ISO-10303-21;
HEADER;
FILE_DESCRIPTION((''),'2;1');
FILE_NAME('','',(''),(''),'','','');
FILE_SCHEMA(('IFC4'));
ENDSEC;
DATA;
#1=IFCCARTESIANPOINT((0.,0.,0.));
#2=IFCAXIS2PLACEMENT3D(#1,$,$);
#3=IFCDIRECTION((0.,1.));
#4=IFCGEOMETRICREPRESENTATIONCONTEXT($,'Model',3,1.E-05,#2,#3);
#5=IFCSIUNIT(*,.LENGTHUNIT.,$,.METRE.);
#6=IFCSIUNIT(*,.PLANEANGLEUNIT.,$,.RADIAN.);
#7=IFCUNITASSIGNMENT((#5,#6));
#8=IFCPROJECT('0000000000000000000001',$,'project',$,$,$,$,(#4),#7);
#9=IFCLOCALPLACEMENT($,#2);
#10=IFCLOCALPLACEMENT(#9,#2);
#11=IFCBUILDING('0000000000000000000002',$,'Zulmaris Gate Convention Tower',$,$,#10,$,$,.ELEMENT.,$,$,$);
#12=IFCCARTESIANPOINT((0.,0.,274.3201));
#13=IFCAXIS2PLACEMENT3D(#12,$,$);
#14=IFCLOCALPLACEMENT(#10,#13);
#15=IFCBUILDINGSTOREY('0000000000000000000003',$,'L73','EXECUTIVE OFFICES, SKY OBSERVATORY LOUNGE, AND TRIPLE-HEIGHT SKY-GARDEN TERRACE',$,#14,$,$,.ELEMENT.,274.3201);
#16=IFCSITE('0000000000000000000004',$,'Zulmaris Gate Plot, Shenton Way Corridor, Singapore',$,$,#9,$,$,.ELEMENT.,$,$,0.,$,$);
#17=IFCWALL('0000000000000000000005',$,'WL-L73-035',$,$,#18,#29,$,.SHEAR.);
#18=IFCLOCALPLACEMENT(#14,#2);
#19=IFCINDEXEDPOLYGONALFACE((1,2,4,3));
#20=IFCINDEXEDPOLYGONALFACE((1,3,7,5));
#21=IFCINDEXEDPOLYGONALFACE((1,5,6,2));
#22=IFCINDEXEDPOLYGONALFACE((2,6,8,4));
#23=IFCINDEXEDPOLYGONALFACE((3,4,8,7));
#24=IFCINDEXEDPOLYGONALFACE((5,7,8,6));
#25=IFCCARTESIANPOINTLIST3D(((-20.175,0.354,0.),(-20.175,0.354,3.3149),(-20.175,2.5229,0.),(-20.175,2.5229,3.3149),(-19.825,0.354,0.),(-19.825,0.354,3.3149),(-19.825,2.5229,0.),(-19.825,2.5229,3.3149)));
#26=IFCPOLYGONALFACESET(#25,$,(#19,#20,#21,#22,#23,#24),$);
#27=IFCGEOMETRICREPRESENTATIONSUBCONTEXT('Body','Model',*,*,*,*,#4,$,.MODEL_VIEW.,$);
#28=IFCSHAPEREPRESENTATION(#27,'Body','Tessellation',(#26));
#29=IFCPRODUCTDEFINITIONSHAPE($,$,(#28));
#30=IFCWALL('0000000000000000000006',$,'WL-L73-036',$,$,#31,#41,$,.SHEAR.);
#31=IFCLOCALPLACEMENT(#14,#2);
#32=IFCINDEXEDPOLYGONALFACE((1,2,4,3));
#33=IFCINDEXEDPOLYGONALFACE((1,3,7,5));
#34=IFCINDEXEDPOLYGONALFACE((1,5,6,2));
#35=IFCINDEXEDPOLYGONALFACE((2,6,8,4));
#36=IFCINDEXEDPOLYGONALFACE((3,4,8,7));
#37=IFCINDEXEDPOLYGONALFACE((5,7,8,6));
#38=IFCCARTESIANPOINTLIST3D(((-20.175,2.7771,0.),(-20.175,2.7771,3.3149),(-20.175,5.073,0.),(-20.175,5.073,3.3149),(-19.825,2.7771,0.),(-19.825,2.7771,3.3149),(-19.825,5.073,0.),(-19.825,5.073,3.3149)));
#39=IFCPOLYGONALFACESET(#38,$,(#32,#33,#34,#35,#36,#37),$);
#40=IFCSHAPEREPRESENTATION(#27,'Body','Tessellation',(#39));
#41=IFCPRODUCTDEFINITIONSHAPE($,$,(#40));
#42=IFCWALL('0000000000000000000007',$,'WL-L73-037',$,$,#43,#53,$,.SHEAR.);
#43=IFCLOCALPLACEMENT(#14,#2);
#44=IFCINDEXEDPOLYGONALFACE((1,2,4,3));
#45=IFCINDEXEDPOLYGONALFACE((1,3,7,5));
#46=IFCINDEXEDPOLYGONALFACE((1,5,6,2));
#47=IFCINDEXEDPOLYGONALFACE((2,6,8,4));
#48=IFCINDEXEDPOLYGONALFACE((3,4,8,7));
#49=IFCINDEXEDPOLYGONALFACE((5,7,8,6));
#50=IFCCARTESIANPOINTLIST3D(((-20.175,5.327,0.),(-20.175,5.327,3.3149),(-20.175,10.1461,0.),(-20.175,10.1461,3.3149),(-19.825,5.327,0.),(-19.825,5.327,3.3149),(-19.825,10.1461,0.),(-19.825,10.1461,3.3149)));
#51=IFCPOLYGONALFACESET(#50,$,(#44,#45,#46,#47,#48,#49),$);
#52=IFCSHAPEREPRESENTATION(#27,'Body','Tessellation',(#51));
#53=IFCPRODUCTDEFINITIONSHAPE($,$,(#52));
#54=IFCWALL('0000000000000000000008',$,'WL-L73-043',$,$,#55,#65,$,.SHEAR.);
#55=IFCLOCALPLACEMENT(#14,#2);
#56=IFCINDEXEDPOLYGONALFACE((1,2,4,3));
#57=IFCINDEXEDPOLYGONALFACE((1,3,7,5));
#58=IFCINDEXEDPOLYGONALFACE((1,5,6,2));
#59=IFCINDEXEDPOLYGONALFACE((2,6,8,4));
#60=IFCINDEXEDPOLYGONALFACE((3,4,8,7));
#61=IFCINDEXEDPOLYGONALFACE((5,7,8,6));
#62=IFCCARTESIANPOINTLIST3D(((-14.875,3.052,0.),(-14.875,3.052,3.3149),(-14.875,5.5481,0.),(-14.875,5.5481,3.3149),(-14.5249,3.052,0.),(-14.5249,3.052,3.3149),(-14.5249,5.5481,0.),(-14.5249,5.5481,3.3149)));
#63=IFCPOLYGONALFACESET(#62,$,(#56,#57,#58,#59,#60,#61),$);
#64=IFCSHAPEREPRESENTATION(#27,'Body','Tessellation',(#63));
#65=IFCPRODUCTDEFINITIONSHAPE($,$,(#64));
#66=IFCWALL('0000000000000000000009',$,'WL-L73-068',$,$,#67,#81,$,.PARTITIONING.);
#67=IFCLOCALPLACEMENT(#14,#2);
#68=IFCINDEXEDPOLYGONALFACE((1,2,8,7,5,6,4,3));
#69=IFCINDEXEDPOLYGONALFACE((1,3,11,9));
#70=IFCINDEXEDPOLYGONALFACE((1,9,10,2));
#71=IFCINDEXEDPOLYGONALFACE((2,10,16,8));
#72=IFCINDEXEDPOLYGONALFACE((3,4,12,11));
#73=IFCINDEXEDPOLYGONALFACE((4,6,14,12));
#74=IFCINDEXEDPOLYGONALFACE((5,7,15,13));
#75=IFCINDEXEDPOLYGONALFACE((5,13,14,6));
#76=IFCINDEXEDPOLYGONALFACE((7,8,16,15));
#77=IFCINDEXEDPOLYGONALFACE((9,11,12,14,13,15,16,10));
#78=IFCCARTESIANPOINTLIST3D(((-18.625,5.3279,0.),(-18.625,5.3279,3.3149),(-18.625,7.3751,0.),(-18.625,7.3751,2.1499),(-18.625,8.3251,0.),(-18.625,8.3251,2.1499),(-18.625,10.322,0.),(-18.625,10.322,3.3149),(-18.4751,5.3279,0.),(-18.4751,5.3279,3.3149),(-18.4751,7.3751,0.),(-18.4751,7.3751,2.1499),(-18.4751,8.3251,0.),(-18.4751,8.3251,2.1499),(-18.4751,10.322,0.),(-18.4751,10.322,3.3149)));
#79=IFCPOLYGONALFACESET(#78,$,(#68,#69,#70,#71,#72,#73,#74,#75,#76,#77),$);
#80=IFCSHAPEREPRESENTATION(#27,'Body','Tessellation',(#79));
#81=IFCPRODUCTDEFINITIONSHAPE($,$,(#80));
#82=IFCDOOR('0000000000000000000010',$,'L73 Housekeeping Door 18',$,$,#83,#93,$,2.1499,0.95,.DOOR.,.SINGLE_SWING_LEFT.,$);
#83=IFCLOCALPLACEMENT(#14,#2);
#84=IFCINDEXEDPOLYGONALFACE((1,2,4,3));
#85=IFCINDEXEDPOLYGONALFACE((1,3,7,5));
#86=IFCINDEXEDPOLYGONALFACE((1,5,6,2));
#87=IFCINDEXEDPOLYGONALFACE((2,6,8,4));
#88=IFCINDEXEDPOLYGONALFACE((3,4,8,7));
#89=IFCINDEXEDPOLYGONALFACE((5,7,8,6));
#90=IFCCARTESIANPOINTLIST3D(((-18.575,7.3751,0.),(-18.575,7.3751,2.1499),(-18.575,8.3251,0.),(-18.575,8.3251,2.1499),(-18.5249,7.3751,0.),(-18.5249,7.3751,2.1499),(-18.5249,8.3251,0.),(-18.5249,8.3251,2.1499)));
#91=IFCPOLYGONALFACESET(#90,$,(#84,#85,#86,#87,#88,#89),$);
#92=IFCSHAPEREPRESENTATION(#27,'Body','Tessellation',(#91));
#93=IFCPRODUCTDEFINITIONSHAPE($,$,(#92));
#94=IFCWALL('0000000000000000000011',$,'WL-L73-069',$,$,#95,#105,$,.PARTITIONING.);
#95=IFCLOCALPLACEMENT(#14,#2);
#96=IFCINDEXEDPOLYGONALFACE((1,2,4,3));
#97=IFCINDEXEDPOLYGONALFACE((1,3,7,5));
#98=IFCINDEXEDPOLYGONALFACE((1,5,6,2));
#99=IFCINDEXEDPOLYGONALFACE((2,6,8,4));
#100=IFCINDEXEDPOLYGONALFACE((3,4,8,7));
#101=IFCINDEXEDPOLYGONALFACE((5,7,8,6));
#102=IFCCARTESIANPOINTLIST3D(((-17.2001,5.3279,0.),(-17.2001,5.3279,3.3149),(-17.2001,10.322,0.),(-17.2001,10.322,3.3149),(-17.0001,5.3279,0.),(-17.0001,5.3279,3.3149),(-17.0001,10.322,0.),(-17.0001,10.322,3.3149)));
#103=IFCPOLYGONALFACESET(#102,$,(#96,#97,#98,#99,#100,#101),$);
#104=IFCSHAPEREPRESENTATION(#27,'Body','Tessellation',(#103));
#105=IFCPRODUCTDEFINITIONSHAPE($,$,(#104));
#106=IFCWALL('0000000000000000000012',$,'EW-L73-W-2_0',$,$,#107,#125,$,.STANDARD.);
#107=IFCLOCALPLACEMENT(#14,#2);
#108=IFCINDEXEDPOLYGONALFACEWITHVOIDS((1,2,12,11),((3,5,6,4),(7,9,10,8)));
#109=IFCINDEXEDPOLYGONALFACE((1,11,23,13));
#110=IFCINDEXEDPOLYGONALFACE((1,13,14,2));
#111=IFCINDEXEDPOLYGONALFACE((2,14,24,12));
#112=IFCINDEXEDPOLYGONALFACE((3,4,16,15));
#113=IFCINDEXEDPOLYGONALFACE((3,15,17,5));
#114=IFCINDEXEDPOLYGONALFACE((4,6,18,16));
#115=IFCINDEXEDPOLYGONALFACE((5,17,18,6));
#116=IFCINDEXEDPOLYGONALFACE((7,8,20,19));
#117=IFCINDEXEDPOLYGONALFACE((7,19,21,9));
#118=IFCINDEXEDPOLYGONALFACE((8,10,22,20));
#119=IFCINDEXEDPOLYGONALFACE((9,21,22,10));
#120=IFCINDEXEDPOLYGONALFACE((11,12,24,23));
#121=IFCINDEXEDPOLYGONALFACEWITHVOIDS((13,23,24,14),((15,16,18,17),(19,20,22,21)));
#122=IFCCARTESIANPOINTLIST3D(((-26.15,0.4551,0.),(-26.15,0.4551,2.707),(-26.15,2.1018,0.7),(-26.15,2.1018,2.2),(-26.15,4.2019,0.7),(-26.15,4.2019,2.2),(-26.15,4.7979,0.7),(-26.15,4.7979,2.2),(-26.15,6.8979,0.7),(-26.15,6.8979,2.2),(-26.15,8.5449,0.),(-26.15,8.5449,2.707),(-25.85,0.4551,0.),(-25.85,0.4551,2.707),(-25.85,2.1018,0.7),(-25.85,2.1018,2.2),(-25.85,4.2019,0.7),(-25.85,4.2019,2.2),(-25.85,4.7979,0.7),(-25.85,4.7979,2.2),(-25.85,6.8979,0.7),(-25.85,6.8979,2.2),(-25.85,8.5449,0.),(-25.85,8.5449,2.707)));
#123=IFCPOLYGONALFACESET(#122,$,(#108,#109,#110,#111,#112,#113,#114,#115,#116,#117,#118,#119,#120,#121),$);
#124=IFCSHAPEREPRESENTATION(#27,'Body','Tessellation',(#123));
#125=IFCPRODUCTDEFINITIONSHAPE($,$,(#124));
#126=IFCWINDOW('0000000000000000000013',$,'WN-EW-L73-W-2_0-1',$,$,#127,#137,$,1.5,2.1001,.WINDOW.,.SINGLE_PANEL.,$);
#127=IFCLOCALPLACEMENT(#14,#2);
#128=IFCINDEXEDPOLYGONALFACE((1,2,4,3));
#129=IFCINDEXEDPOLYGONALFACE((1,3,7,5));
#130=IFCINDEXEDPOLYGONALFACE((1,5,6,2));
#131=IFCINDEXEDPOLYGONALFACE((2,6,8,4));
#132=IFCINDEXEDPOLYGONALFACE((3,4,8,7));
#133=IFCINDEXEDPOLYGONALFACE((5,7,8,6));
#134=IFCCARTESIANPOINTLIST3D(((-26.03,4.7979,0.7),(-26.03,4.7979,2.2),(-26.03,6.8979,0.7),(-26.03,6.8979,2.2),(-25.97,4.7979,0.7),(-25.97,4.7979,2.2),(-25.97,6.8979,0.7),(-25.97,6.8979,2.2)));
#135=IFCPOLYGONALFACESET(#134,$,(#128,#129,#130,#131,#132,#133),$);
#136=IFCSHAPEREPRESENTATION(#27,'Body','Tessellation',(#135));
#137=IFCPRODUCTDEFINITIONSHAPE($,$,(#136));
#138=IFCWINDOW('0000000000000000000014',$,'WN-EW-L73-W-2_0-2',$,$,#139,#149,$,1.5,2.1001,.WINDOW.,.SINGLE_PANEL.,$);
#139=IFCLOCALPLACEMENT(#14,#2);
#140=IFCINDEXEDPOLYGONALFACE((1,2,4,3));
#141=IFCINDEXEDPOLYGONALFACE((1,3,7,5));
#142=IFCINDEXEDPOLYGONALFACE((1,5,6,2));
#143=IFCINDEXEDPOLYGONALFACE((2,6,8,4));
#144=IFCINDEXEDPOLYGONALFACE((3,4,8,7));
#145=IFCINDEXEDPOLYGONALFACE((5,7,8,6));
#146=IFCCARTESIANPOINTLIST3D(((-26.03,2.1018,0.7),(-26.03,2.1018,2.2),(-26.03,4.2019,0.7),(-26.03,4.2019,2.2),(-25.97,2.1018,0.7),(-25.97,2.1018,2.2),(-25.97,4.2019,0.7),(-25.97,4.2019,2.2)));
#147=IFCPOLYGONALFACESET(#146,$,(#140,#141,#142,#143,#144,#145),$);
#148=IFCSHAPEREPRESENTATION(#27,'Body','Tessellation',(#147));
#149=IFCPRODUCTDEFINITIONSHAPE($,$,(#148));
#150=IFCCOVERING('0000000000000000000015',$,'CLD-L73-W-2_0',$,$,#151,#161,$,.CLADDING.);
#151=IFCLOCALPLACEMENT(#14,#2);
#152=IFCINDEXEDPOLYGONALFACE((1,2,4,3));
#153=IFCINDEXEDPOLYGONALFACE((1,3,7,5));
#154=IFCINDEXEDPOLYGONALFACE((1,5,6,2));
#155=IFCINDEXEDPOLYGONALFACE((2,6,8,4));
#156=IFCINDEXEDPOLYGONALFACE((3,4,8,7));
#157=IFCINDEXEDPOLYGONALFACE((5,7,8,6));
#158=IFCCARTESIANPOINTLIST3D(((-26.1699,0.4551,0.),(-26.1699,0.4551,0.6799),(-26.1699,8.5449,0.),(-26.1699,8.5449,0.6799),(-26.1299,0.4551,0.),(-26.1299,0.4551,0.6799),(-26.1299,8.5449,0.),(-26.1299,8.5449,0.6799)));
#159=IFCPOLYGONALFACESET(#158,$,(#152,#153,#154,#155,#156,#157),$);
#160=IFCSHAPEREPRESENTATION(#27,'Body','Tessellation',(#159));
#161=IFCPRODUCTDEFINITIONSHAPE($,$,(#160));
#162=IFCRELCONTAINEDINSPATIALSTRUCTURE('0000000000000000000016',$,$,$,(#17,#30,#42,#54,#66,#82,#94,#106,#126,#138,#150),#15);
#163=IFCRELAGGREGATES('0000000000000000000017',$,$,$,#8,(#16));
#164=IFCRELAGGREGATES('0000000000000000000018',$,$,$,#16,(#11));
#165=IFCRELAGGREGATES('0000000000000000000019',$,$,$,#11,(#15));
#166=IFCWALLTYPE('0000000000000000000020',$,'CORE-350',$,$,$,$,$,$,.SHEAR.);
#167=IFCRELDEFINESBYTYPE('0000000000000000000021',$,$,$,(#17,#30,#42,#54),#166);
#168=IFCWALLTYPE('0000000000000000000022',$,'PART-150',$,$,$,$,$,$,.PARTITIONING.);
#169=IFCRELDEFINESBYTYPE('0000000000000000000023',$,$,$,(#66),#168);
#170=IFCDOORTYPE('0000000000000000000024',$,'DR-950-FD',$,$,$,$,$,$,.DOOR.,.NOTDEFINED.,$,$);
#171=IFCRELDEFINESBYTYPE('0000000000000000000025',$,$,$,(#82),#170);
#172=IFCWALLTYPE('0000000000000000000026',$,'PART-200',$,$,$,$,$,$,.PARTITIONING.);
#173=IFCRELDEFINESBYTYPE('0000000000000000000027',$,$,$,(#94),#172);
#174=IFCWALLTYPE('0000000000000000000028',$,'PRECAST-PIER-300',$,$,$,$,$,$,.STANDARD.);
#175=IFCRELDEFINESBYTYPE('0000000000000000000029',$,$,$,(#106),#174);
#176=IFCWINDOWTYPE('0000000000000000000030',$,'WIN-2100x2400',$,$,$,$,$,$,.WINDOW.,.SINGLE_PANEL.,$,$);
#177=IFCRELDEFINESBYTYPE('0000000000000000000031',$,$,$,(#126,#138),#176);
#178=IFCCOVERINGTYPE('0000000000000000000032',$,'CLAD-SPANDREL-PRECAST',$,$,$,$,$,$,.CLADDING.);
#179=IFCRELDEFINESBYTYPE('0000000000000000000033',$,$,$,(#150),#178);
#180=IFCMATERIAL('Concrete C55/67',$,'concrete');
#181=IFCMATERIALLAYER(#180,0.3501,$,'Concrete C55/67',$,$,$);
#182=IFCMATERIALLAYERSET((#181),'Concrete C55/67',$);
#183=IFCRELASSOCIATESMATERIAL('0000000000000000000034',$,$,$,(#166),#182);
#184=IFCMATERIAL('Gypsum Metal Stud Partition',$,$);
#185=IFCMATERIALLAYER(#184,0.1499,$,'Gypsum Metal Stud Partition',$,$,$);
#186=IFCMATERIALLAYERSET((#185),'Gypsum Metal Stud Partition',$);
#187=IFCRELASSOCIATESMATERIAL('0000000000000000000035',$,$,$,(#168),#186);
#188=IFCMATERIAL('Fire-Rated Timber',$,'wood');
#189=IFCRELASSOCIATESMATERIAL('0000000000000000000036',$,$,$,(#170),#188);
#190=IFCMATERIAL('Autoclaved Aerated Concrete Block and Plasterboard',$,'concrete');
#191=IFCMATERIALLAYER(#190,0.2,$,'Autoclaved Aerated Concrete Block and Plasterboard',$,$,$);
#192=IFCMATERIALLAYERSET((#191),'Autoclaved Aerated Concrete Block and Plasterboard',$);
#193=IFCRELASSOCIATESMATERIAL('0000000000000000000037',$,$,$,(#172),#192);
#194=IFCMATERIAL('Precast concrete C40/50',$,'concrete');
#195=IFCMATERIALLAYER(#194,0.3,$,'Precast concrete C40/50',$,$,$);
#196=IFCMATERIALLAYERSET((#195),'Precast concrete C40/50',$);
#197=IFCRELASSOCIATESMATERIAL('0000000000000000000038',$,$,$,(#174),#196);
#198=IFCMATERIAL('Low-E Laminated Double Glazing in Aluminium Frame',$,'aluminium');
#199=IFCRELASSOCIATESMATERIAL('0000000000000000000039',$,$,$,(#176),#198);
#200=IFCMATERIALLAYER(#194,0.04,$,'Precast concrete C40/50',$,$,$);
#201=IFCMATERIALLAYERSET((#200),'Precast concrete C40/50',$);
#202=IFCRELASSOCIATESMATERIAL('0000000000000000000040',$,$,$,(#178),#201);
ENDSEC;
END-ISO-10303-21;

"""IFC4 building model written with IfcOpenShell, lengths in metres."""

from ifc_helpers import new_model, si_unit, direction, frame, frame_2d, origin, place, context, subcontext, project, spatial, rectangle, extrude, material, layer, layer_set, type_object, element, fill, save


model = new_model("IFC4")

# Units and contexts
model_context = context("Model", 3, precision=1e-05, world=origin(), true_north=direction((0.0, 1.0)))
body_context = subcontext(model_context, "Body", "Model", "MODEL_VIEW")
ifc_project = project(units=[si_unit("LENGTHUNIT", "METRE"), si_unit("PLANEANGLEUNIT", "RADIAN")], contexts=[model_context])

# Site, building, storey
site_placement = place(None, origin())
site = spatial("IfcSite", under=ifc_project, at=site_placement, Name="Zulmaris Gate Plot, Shenton Way Corridor, Singapore", CompositionType="ELEMENT", RefElevation=0.0)
building_placement = place(site_placement, origin())
building = spatial("IfcBuilding", under=site, at=building_placement, Name="Zulmaris Gate Convention Tower", CompositionType="ELEMENT")
storey_placement = place(building_placement, frame((0.0, 0.0, 274.3201)))
storey = spatial("IfcBuildingStorey", under=building, at=storey_placement, Name="L73", Description="EXECUTIVE OFFICES, SKY OBSERVATORY LOUNGE, AND TRIPLE-HEIGHT SKY-GARDEN TERRACE", CompositionType="ELEMENT", Elevation=274.3201)

# Walls
ifc_material_1 = material(Name="Concrete C55/67", Category="concrete")
ifc_layer_1 = layer(ifc_material_1, 0.3501, Name="Concrete C55/67")
ifc_layer_set_1 = layer_set([ifc_layer_1], Name="Concrete C55/67")
wall_type_1 = type_object("IfcWallType", Name="CORE-350", PredefinedType="SHEAR", material=ifc_layer_set_1)
wall_1_placement = place(storey_placement, frame((-20.0, 0.354, 0.0), z_axis=(0.0, 0.0, 1.0), x_axis=(0.0, 1.0, 0.0)))
element("IfcWall", 1, at=wall_1_placement, inside=storey, type_object=wall_type_1, Name="WL-L73-035", PredefinedType="SHEAR", context=body_context, shape_type="SweptSolid", body=[
    extrude(rectangle(XDim=2.1689, YDim=0.3501, at=frame_2d((1.0845, 0.0))), origin(), (0.0, 0.0, 1.0), 3.3149),
])
wall_2_placement = place(storey_placement, frame((-20.0, 2.7771, 0.0), z_axis=(0.0, 0.0, 1.0), x_axis=(0.0, 1.0, 0.0)))
element("IfcWall", 2, at=wall_2_placement, inside=storey, type_object=wall_type_1, Name="WL-L73-036", PredefinedType="SHEAR", context=body_context, shape_type="SweptSolid", body=[
    extrude(rectangle(XDim=2.2959, YDim=0.3501, at=frame_2d((1.1479, 0.0))), origin(), (0.0, 0.0, 1.0), 3.3149),
])
wall_3_placement = place(storey_placement, frame((-20.0, 5.3269, 0.0), z_axis=(0.0, 0.0, 1.0), x_axis=(0.0, 1.0, 0.0)))
element("IfcWall", 3, at=wall_3_placement, inside=storey, type_object=wall_type_1, Name="WL-L73-037", PredefinedType="SHEAR", context=body_context, shape_type="SweptSolid", body=[
    extrude(rectangle(XDim=4.8191, YDim=0.3501, at=frame_2d((2.4097, 0.0))), origin(), (0.0, 0.0, 1.0), 3.3149),
])
wall_4_placement = place(storey_placement, frame((-14.7, 3.052, 0.0), z_axis=(0.0, 0.0, 1.0), x_axis=(0.0, 1.0, 0.0)))
element("IfcWall", 4, at=wall_4_placement, inside=storey, type_object=wall_type_1, Name="WL-L73-043", PredefinedType="SHEAR", context=body_context, shape_type="SweptSolid", body=[
    extrude(rectangle(XDim=2.4961, YDim=0.3501, at=frame_2d((1.248, 0.0))), origin(), (0.0, 0.0, 1.0), 3.3149),
])

# Wall, opening, door
ifc_material_2 = material(Name="Gypsum Metal Stud Partition")
ifc_layer_2 = layer(ifc_material_2, 0.1499, Name="Gypsum Metal Stud Partition")
ifc_layer_set_2 = layer_set([ifc_layer_2], Name="Gypsum Metal Stud Partition")
wall_type_2 = type_object("IfcWallType", Name="PART-150", PredefinedType="PARTITIONING", material=ifc_layer_set_2)
wall_5_placement = place(storey_placement, frame((-18.55, 5.3279, 0.0), z_axis=(0.0, 0.0, 1.0), x_axis=(0.0, 1.0, 0.0)))
wall_5 = element("IfcWall", 5, at=wall_5_placement, inside=storey, type_object=wall_type_2, Name="WL-L73-068", PredefinedType="PARTITIONING", context=body_context, shape_type="SweptSolid", body=[
    extrude(rectangle(XDim=4.9941, YDim=0.1499, at=frame_2d((2.4971, 0.0))), origin(), (0.0, 0.0, 1.0), 3.3149),
])
opening_1_placement = place(wall_5_placement, frame((2.0471, 0.0, 0.0)))
opening_1 = element("IfcOpeningElement", 6, at=opening_1_placement, cuts=wall_5, PredefinedType="OPENING", context=body_context, shape_type="SweptSolid", body=[
    extrude(rectangle(XDim=0.95, YDim=2.1499, at=frame_2d((0.4751, 1.075))), frame((0.0, 0.085, 0.0), z_axis=(0.0, -1.0, 0.0), x_axis=(1.0, 0.0, 0.0)), (0.0, 0.0, 1.0), 0.1699),
])
ifc_material_3 = material(Name="Fire-Rated Timber", Category="wood")
door_type_1 = type_object("IfcDoorType", Name="DR-950-FD", OperationType="NOTDEFINED", PredefinedType="DOOR", material=ifc_material_3)
door_1_placement = place(opening_1_placement, origin())
door_1 = element("IfcDoor", 7, at=door_1_placement, inside=storey, type_object=door_type_1, Name="L73 Housekeeping Door 18", OperationType="SINGLE_SWING_LEFT", OverallHeight=2.1499, OverallWidth=0.95, PredefinedType="DOOR", context=body_context, shape_type="SweptSolid", body=[
    extrude(rectangle(XDim=0.95, YDim=2.1499, at=frame_2d((0.4751, 1.075))), frame((0.0, 0.0249, 0.0), z_axis=(0.0, -1.0, 0.0), x_axis=(1.0, 0.0, 0.0)), (0.0, 0.0, 1.0), 0.05),
])
fill(opening_1, door_1)

# Wall
ifc_material_4 = material(Name="Autoclaved Aerated Concrete Block and Plasterboard", Category="concrete")
ifc_layer_3 = layer(ifc_material_4, 0.2, Name="Autoclaved Aerated Concrete Block and Plasterboard")
ifc_layer_set_3 = layer_set([ifc_layer_3], Name="Autoclaved Aerated Concrete Block and Plasterboard")
wall_type_3 = type_object("IfcWallType", Name="PART-200", PredefinedType="PARTITIONING", material=ifc_layer_set_3)
wall_6_placement = place(storey_placement, frame((-17.1001, 5.3279, 0.0), z_axis=(0.0, 0.0, 1.0), x_axis=(0.0, 1.0, 0.0)))
element("IfcWall", 8, at=wall_6_placement, inside=storey, type_object=wall_type_3, Name="WL-L73-069", PredefinedType="PARTITIONING", context=body_context, shape_type="SweptSolid", body=[
    extrude(rectangle(XDim=4.9941, YDim=0.2, at=frame_2d((2.4971, 0.0))), origin(), (0.0, 0.0, 1.0), 3.3149),
])

# Wall, openings, windows
ifc_material_5 = material(Name="Precast concrete C40/50", Category="concrete")
ifc_layer_4 = layer(ifc_material_5, 0.3, Name="Precast concrete C40/50")
ifc_layer_set_4 = layer_set([ifc_layer_4], Name="Precast concrete C40/50")
wall_type_4 = type_object("IfcWallType", Name="PRECAST-PIER-300", PredefinedType="STANDARD", material=ifc_layer_set_4)
wall_7_placement = place(storey_placement, frame((-26.0, 8.5449, 0.0), z_axis=(0.0, 0.0, 1.0), x_axis=(0.0, -1.0, 0.0)))
wall_7 = element("IfcWall", 9, at=wall_7_placement, inside=storey, type_object=wall_type_4, Name="EW-L73-W-2_0", PredefinedType="STANDARD", context=body_context, shape_type="SweptSolid", body=[
    extrude(rectangle(XDim=8.0898, YDim=0.3, at=frame_2d((4.0449, 0.0))), origin(), (0.0, 0.0, 1.0), 2.707),
])
opening_2_placement = place(wall_7_placement, frame((1.647, 0.0, 0.7)))
opening_2 = element("IfcOpeningElement", 10, at=opening_2_placement, cuts=wall_7, PredefinedType="OPENING", context=body_context, shape_type="SweptSolid", body=[
    extrude(rectangle(XDim=2.1001, YDim=1.5, at=frame_2d((1.05, 0.75))), frame((0.0, 0.1602, 0.0), z_axis=(0.0, -1.0, 0.0), x_axis=(1.0, 0.0, 0.0)), (0.0, 0.0, 1.0), 0.3201),
])
opening_3_placement = place(wall_7_placement, frame((4.343, 0.0, 0.7)))
opening_3 = element("IfcOpeningElement", 11, at=opening_3_placement, cuts=wall_7, PredefinedType="OPENING", context=body_context, shape_type="SweptSolid", body=[
    extrude(rectangle(XDim=2.1001, YDim=1.5, at=frame_2d((1.05, 0.75))), frame((0.0, 0.1602, 0.0), z_axis=(0.0, -1.0, 0.0), x_axis=(1.0, 0.0, 0.0)), (0.0, 0.0, 1.0), 0.3201),
])
ifc_material_6 = material(Name="Low-E Laminated Double Glazing in Aluminium Frame", Category="aluminium")
window_type = type_object("IfcWindowType", Name="WIN-2100x2400", PartitioningType="SINGLE_PANEL", PredefinedType="WINDOW", material=ifc_material_6)
window_1_placement = place(opening_2_placement, origin())
window_1 = element("IfcWindow", 12, at=window_1_placement, inside=storey, type_object=window_type, Name="WN-EW-L73-W-2_0-1", OverallHeight=1.5, OverallWidth=2.1001, PartitioningType="SINGLE_PANEL", PredefinedType="WINDOW", context=body_context, shape_type="SweptSolid", body=[
    extrude(rectangle(XDim=2.1001, YDim=1.5, at=frame_2d((1.05, 0.75))), frame((0.0, 0.03, 0.0), z_axis=(0.0, -1.0, 0.0), x_axis=(1.0, 0.0, 0.0)), (0.0, 0.0, 1.0), 0.0601),
])
fill(opening_2, window_1)
window_2_placement = place(opening_3_placement, origin())
window_2 = element("IfcWindow", 13, at=window_2_placement, inside=storey, type_object=window_type, Name="WN-EW-L73-W-2_0-2", OverallHeight=1.5, OverallWidth=2.1001, PartitioningType="SINGLE_PANEL", PredefinedType="WINDOW", context=body_context, shape_type="SweptSolid", body=[
    extrude(rectangle(XDim=2.1001, YDim=1.5, at=frame_2d((1.05, 0.75))), frame((0.0, 0.03, 0.0), z_axis=(0.0, -1.0, 0.0), x_axis=(1.0, 0.0, 0.0)), (0.0, 0.0, 1.0), 0.0601),
])
fill(opening_3, window_2)

# Covering
ifc_layer_5 = layer(ifc_material_5, 0.04, Name="Precast concrete C40/50")
ifc_layer_set_5 = layer_set([ifc_layer_5], Name="Precast concrete C40/50")
covering_type = type_object("IfcCoveringType", Name="CLAD-SPANDREL-PRECAST", PredefinedType="CLADDING", material=ifc_layer_set_5)
covering_placement = place(storey_placement, frame((-26.1499, 8.5449, 0.0), z_axis=(0.0, 0.0, 1.0), x_axis=(0.0, -1.0, 0.0)))
element("IfcCovering", 14, at=covering_placement, inside=storey, type_object=covering_type, Name="CLD-L73-W-2_0", PredefinedType="CLADDING", context=body_context, shape_type="SweptSolid", body=[
    extrude(rectangle(XDim=8.0898, YDim=0.04, at=frame_2d((4.0449, 0.0))), origin(), (0.0, 0.0, 1.0), 0.6799),
])

save(model, "model.ifc")
